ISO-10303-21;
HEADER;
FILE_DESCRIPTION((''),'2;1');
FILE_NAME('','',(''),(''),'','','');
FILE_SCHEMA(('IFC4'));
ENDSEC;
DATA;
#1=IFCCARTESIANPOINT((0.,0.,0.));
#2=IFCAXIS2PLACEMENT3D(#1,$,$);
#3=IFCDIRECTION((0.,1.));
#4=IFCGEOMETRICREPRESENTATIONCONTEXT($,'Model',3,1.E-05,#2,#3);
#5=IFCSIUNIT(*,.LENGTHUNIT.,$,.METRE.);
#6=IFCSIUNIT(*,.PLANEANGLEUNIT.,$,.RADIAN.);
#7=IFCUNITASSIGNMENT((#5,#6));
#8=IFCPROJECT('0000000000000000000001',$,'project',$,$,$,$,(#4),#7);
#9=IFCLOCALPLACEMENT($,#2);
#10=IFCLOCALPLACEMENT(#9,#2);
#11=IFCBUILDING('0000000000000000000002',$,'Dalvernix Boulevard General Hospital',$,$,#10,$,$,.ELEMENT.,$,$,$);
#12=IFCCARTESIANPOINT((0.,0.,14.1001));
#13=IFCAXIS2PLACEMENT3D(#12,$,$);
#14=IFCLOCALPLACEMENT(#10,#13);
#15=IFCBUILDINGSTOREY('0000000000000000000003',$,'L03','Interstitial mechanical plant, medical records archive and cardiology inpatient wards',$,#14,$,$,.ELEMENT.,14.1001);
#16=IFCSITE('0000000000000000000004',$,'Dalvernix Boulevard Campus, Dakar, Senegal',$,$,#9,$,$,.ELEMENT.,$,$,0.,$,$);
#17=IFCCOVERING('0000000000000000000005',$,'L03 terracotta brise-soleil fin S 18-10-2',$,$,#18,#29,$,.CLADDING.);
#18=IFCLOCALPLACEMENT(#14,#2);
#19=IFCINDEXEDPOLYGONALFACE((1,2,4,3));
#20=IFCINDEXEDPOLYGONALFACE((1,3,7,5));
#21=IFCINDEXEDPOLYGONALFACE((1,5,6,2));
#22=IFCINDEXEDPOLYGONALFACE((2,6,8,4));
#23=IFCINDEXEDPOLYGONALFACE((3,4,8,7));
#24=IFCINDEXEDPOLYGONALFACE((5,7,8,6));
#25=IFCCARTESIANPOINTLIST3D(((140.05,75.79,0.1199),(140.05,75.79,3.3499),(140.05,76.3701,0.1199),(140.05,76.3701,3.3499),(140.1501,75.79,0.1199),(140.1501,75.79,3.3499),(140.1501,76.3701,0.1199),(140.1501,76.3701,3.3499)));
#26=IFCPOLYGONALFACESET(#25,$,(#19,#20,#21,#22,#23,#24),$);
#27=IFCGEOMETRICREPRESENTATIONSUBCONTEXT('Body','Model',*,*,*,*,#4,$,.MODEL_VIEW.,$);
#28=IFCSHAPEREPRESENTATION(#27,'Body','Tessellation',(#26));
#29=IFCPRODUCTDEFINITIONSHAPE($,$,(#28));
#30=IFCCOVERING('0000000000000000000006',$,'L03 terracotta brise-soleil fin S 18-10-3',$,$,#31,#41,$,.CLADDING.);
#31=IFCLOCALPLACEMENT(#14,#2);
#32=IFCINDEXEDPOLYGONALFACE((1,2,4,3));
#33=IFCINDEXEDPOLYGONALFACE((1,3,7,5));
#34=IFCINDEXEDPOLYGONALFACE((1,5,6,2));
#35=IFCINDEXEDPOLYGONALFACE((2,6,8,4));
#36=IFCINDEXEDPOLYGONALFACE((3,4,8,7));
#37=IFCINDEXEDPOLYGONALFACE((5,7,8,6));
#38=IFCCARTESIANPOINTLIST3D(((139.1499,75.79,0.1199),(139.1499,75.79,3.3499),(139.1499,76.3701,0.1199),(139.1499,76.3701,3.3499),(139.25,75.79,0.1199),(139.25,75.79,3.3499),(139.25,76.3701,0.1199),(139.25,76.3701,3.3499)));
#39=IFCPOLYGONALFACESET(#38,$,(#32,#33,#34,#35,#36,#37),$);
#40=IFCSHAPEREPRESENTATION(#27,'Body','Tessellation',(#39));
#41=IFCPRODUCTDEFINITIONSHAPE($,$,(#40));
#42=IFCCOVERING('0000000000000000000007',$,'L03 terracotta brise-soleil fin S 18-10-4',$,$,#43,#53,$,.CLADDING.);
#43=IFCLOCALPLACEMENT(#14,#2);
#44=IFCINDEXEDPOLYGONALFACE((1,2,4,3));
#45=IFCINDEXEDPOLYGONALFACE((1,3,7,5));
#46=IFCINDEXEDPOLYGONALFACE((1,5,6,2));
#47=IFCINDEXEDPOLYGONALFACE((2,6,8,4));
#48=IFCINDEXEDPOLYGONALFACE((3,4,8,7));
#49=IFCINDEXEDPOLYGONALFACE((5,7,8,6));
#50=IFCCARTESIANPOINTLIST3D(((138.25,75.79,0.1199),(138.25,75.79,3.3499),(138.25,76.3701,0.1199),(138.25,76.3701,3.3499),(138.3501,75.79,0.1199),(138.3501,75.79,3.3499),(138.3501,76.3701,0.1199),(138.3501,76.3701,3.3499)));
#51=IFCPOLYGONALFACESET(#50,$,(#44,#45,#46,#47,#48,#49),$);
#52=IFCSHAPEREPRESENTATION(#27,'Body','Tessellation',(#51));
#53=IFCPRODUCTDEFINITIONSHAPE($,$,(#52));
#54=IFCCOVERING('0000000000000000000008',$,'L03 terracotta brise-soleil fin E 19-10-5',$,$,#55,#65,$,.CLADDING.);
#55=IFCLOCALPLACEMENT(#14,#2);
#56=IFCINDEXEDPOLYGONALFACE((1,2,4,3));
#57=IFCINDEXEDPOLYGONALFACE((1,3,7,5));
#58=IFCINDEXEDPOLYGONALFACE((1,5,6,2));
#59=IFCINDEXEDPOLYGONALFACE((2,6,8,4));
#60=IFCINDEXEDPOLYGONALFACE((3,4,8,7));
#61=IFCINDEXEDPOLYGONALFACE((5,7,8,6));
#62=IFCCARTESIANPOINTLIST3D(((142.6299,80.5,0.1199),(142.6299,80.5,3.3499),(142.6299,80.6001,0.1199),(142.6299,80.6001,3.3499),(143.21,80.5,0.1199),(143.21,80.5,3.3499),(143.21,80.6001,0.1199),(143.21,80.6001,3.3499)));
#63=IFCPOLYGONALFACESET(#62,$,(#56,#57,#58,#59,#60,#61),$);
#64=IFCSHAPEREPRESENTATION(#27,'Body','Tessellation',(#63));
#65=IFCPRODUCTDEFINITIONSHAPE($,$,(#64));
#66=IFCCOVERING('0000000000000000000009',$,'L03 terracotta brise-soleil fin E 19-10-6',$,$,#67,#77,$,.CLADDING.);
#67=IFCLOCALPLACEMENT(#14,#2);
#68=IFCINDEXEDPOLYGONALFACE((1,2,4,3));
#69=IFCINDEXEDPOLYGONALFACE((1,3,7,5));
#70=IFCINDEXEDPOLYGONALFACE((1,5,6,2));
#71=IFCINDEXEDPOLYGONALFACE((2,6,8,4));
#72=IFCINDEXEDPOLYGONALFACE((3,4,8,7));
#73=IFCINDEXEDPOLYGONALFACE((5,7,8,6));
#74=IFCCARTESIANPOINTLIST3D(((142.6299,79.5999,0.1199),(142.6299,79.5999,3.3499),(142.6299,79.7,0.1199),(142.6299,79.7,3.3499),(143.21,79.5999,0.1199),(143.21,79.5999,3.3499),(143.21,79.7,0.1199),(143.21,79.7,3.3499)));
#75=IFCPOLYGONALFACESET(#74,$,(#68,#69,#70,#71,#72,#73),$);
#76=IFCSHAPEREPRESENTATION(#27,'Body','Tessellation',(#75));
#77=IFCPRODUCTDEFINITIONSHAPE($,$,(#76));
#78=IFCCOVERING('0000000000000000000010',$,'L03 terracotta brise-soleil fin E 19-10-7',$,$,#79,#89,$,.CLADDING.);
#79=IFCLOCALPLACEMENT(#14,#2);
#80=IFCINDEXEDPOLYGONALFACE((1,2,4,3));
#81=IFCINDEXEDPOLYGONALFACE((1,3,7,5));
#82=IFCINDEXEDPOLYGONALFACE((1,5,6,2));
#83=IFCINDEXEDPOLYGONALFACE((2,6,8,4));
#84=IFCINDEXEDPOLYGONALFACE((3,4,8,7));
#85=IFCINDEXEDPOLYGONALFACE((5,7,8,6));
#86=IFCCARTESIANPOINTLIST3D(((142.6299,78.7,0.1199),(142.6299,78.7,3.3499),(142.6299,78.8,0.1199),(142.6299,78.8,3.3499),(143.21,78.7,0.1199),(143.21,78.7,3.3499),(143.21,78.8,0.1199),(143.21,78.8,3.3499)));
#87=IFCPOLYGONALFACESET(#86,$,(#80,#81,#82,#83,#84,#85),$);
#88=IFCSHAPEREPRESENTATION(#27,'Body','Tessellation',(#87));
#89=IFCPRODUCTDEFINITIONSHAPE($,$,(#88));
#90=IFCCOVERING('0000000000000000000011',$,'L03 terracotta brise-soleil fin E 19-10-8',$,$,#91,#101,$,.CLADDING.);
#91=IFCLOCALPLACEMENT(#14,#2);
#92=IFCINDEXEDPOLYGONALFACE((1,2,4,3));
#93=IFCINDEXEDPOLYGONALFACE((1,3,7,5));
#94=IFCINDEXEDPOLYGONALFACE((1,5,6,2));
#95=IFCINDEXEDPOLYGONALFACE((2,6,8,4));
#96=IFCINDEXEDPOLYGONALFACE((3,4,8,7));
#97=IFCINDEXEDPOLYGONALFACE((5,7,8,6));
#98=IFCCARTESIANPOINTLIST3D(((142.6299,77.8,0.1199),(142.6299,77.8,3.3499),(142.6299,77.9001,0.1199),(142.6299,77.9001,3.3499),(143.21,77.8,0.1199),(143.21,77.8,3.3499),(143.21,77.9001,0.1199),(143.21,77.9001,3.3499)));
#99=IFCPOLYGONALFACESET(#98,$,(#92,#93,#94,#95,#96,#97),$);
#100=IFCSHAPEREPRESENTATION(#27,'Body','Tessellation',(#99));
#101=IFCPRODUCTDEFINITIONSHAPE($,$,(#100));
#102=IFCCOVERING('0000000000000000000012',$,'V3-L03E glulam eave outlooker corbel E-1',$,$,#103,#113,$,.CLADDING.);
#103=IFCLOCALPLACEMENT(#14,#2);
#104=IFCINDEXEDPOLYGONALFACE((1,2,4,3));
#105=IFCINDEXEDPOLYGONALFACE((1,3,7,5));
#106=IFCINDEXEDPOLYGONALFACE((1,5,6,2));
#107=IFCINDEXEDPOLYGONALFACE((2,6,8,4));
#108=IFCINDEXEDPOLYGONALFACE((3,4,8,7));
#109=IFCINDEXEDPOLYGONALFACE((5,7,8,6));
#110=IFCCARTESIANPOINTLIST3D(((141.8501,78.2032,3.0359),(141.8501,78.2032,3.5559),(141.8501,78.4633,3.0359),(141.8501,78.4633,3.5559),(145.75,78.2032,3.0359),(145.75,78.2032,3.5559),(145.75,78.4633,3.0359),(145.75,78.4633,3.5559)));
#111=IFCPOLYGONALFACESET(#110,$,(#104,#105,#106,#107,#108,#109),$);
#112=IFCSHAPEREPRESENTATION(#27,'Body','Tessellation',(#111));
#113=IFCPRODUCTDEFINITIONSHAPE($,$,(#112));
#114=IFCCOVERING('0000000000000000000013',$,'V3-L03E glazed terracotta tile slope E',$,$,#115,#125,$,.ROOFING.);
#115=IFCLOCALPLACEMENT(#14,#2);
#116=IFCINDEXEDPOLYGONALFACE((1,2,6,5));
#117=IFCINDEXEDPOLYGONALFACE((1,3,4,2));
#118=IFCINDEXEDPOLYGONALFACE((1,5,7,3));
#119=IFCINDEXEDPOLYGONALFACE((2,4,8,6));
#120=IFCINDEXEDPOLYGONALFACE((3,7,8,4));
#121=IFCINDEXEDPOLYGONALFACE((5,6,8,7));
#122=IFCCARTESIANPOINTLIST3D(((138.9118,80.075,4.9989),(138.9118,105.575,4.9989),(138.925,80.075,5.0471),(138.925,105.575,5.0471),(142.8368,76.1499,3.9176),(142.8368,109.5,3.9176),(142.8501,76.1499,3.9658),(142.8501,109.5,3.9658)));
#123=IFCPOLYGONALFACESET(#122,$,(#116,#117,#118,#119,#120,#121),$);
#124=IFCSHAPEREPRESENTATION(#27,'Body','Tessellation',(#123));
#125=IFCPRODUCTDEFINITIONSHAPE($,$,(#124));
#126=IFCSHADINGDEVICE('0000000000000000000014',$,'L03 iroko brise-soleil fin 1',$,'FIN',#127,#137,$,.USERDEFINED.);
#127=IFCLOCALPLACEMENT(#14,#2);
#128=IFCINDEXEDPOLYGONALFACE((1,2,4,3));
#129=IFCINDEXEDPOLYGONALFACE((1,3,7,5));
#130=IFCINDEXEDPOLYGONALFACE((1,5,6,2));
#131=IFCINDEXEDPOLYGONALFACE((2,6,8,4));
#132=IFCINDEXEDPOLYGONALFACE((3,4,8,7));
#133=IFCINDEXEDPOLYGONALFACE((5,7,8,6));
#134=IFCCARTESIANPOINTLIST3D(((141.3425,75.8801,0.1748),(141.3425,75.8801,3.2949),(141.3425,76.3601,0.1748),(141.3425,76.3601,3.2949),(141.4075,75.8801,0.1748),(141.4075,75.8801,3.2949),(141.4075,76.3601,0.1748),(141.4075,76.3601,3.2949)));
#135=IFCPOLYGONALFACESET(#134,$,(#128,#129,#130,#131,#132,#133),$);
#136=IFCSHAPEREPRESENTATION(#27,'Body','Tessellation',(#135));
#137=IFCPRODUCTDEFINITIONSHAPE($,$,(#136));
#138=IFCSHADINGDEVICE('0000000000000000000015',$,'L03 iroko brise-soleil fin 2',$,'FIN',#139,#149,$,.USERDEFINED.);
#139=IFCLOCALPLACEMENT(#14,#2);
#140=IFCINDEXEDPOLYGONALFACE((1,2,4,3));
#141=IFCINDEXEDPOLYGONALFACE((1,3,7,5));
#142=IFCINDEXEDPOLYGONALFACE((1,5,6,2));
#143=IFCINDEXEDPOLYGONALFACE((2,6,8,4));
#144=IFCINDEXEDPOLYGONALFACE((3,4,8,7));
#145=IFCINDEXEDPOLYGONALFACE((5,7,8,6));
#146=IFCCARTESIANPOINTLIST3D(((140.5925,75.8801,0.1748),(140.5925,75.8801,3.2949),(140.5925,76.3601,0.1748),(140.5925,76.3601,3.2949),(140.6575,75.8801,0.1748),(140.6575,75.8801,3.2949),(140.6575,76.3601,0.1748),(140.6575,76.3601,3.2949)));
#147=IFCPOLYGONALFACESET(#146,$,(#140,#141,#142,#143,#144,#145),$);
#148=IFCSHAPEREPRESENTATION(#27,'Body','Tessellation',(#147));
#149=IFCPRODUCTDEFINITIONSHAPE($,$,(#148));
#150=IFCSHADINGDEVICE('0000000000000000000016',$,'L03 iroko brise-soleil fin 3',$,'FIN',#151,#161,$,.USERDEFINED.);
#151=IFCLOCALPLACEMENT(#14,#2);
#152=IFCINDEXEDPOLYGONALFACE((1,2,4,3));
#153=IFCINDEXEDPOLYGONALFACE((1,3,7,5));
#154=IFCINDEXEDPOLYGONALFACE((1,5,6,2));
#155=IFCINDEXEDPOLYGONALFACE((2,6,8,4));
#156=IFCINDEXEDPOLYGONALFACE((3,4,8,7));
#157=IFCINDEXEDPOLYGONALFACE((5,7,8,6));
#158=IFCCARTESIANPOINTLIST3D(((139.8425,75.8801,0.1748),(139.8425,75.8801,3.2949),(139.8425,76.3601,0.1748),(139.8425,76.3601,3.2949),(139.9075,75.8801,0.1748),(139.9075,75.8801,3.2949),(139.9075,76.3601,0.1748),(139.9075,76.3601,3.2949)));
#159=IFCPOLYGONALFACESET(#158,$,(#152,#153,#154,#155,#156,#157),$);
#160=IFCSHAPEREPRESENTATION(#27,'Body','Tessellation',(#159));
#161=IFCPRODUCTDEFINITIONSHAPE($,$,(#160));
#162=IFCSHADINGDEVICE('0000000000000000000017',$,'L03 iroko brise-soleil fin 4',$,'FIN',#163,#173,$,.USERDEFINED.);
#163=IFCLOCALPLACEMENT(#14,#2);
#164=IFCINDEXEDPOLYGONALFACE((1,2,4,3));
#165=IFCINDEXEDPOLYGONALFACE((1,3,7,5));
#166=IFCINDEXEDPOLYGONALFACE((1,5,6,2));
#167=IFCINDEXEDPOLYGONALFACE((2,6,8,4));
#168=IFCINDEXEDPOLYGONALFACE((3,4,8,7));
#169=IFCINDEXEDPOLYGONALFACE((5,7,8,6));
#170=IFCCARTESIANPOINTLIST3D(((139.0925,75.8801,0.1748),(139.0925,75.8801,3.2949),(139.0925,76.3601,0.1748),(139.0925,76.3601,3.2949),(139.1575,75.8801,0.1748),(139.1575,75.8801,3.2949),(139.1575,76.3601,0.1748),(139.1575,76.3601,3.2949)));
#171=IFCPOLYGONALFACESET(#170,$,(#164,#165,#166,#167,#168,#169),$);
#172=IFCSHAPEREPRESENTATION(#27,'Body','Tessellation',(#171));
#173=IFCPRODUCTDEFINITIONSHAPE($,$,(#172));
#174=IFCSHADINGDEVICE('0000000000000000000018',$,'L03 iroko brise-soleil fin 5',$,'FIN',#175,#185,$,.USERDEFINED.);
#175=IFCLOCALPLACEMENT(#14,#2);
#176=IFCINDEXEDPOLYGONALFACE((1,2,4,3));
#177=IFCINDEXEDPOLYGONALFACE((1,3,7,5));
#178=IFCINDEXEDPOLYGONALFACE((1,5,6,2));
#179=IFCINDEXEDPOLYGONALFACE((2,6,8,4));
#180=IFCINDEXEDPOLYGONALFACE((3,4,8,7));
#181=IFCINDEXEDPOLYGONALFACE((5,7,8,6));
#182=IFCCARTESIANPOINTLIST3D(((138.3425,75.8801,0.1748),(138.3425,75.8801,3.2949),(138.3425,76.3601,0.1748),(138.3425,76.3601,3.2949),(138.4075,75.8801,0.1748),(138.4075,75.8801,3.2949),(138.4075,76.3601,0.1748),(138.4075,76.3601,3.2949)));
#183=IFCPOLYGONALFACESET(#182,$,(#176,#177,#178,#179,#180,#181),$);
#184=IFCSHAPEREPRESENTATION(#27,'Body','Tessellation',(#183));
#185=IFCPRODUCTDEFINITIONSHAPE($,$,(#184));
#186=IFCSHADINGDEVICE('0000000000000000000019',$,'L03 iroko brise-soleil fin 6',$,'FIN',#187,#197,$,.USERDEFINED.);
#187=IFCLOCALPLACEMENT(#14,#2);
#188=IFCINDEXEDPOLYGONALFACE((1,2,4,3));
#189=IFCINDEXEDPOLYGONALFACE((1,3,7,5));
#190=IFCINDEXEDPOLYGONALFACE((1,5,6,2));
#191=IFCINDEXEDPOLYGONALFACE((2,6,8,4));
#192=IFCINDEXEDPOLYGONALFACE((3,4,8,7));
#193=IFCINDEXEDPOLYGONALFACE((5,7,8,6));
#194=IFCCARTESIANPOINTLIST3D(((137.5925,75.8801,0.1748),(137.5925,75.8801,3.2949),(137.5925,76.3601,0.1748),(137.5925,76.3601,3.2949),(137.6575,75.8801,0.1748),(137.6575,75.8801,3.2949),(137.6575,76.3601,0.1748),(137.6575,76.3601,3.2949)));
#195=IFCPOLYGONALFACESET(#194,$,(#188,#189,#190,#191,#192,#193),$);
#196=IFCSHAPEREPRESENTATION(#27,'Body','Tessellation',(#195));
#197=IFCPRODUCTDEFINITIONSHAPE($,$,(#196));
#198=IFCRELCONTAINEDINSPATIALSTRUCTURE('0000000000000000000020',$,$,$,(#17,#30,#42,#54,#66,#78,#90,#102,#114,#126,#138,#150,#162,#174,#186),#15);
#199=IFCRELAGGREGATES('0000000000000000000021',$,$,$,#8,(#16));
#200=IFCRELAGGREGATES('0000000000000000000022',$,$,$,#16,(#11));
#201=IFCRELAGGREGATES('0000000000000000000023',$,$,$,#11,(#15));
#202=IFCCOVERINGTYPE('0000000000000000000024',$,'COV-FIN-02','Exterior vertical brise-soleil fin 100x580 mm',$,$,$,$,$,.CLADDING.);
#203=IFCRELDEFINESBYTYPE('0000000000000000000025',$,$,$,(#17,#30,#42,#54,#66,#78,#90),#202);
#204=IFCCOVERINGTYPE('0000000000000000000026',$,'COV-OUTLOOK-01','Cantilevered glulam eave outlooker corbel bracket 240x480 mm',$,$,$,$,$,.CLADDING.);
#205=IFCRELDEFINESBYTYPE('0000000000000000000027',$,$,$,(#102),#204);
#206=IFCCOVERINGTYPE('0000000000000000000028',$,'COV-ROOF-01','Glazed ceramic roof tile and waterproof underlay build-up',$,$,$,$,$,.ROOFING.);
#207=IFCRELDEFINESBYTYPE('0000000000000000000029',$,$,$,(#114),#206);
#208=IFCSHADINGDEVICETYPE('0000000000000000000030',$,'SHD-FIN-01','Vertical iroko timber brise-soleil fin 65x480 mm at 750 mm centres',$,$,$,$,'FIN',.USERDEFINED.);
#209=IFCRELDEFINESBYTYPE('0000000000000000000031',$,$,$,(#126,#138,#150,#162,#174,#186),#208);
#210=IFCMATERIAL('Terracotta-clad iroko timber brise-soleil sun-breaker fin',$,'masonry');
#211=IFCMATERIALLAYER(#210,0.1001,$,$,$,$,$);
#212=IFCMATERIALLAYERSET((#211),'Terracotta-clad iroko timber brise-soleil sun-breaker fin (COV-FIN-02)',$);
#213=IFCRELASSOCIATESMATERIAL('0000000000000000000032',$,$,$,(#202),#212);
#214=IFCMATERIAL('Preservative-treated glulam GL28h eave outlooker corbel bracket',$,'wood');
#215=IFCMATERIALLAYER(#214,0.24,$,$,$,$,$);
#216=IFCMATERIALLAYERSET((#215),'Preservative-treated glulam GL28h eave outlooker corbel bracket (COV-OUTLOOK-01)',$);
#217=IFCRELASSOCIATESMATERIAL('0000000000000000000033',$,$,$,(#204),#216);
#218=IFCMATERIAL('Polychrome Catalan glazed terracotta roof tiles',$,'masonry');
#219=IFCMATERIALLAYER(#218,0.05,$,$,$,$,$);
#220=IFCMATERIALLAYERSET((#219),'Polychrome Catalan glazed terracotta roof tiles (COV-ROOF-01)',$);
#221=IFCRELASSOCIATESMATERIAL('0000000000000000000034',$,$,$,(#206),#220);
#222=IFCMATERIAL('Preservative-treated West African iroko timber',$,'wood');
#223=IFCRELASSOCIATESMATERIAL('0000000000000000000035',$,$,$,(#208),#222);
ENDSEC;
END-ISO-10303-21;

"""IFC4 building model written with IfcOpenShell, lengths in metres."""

from ifc_helpers import new_model, si_unit, direction, frame, origin, origin_2d, place, context, subcontext, project, spatial, polyline, rectangle, outline, extrude, material, layer, layer_set, type_object, element, save


model = new_model("IFC4")

# Units and contexts
model_context = context("Model", 3, precision=1e-05, world=origin(), true_north=direction((0.0, 1.0)))
body_context = subcontext(model_context, "Body", "Model", "MODEL_VIEW")
ifc_project = project(units=[si_unit("LENGTHUNIT", "METRE"), si_unit("PLANEANGLEUNIT", "RADIAN")], contexts=[model_context])

# Site, building, storey
site_placement = place(None, origin())
site = spatial("IfcSite", under=ifc_project, at=site_placement, Name="Dalvernix Boulevard Campus, Dakar, Senegal", CompositionType="ELEMENT", RefElevation=0.0)
building_placement = place(site_placement, origin())
building = spatial("IfcBuilding", under=site, at=building_placement, Name="Dalvernix Boulevard General Hospital", CompositionType="ELEMENT")
storey_placement = place(building_placement, frame((0.0, 0.0, 14.1001)))
storey = spatial("IfcBuildingStorey", under=building, at=storey_placement, Name="L03", Description="Interstitial mechanical plant, medical records archive and cardiology inpatient wards", CompositionType="ELEMENT", Elevation=14.1001)

# Coverings
ifc_material_1 = material(Name="Terracotta-clad iroko timber brise-soleil sun-breaker fin", Category="masonry")
ifc_layer_1 = layer(ifc_material_1, 0.1001)
ifc_layer_set_1 = layer_set([ifc_layer_1], Name="Terracotta-clad iroko timber brise-soleil sun-breaker fin (COV-FIN-02)")
covering_type_1 = type_object("IfcCoveringType", Name="COV-FIN-02", Description="Exterior vertical brise-soleil fin 100x580 mm", PredefinedType="CLADDING", material=ifc_layer_set_1)
for number, where, z_axis, x_axis, name in (
    (1, (140.1001, 76.0801, 0.1199), (0.0, 0.0, 1.0), (-1.0, 0.0, 0.0), "L03 terracotta brise-soleil fin S 18-10-2"),
    (2, (139.2, 76.0801, 0.1199), (0.0, 0.0, 1.0), (-1.0, 0.0, 0.0), "L03 terracotta brise-soleil fin S 18-10-3"),
    (3, (138.3, 76.0801, 0.1199), (0.0, 0.0, 1.0), (-1.0, 0.0, 0.0), "L03 terracotta brise-soleil fin S 18-10-4"),
    (4, (142.9199, 80.55, 0.1199), (0.0, 0.0, 1.0), (0.0, -1.0, 0.0), "L03 terracotta brise-soleil fin E 19-10-5"),
    (5, (142.9199, 79.6499, 0.1199), (0.0, 0.0, 1.0), (0.0, -1.0, 0.0), "L03 terracotta brise-soleil fin E 19-10-6"),
    (6, (142.9199, 78.75, 0.1199), (0.0, 0.0, 1.0), (0.0, -1.0, 0.0), "L03 terracotta brise-soleil fin E 19-10-7"),
    (7, (142.9199, 77.8501, 0.1199), (0.0, 0.0, 1.0), (0.0, -1.0, 0.0), "L03 terracotta brise-soleil fin E 19-10-8"),
):
    element("IfcCovering", number, at=place(storey_placement, frame(where, z_axis=z_axis, x_axis=x_axis)), inside=storey, type_object=covering_type_1, Name=name, PredefinedType="CLADDING", context=body_context, shape_type="SweptSolid", body=[
        extrude(rectangle(XDim=0.1001, YDim=0.5801, at=origin_2d()), origin(), (0.0, 0.0, 1.0), 3.23),
    ])
ifc_material_2 = material(Name="Preservative-treated glulam GL28h eave outlooker corbel bracket", Category="wood")
ifc_layer_2 = layer(ifc_material_2, 0.24)
ifc_layer_set_2 = layer_set([ifc_layer_2], Name="Preservative-treated glulam GL28h eave outlooker corbel bracket (COV-OUTLOOK-01)")
covering_type_2 = type_object("IfcCoveringType", Name="COV-OUTLOOK-01", Description="Cantilevered glulam eave outlooker corbel bracket 240x480 mm", PredefinedType="CLADDING", material=ifc_layer_set_2)
covering_1_placement = place(storey_placement, frame((143.8, 78.3333, 3.0359), z_axis=(0.0, 0.0, 1.0), x_axis=(1.0, 0.0, 0.0)))
element("IfcCovering", 8, at=covering_1_placement, inside=storey, type_object=covering_type_2, Name="V3-L03E glulam eave outlooker corbel E-1", PredefinedType="CLADDING", context=body_context, shape_type="SweptSolid", body=[
    extrude(rectangle(XDim=3.8999, YDim=0.26, at=origin_2d()), origin(), (0.0, 0.0, 1.0), 0.52),
])
ifc_material_3 = material(Name="Polychrome Catalan glazed terracotta roof tiles", Category="masonry")
ifc_layer_3 = layer(ifc_material_3, 0.05)
ifc_layer_set_3 = layer_set([ifc_layer_3], Name="Polychrome Catalan glazed terracotta roof tiles (COV-ROOF-01)")
covering_type_3 = type_object("IfcCoveringType", Name="COV-ROOF-01", Description="Glazed ceramic roof tile and waterproof underlay build-up", PredefinedType="ROOFING", material=ifc_layer_set_3)
covering_2_placement = place(storey_placement, frame((142.8501, 76.1499, 3.9658), z_axis=(0.265593, 0.0, 0.964085), x_axis=(0.0, 1.0, 0.0)))
element("IfcCovering", 9, at=covering_2_placement, inside=storey, type_object=covering_type_3, Name="V3-L03E glazed terracotta tile slope E", PredefinedType="ROOFING", context=body_context, shape_type="SweptSolid", body=[
    extrude(outline(polyline([(0.0, 0.0), (33.3501, 0.0), (29.425, 4.0713), (3.925, 4.0713), (0.0, 0.0)])), origin(), (0.0, 0.0, -1.0), 0.05),
])

# Shading devices
ifc_material_4 = material(Name="Preservative-treated West African iroko timber", Category="wood")
shading_device_type = type_object("IfcShadingDeviceType", Name="SHD-FIN-01", Description="Vertical iroko timber brise-soleil fin 65x480 mm at 750 mm centres", ElementType="FIN", PredefinedType="USERDEFINED", material=ifc_material_4)
for number, where, z_axis, x_axis, name in (
    (10, (141.375, 76.1201, 0.1748), (0.0, 0.0, 1.0), (-1.0, 0.0, 0.0), "L03 iroko brise-soleil fin 1"),
    (11, (140.625, 76.1201, 0.1748), (0.0, 0.0, 1.0), (-1.0, 0.0, 0.0), "L03 iroko brise-soleil fin 2"),
    (12, (139.875, 76.1201, 0.1748), (0.0, 0.0, 1.0), (-1.0, 0.0, 0.0), "L03 iroko brise-soleil fin 3"),
    (13, (139.125, 76.1201, 0.1748), (0.0, 0.0, 1.0), (-1.0, 0.0, 0.0), "L03 iroko brise-soleil fin 4"),
    (14, (138.375, 76.1201, 0.1748), (0.0, 0.0, 1.0), (-1.0, 0.0, 0.0), "L03 iroko brise-soleil fin 5"),
    (15, (137.625, 76.1201, 0.1748), (0.0, 0.0, 1.0), (-1.0, 0.0, 0.0), "L03 iroko brise-soleil fin 6"),
):
    element("IfcShadingDevice", number, at=place(storey_placement, frame(where, z_axis=z_axis, x_axis=x_axis)), inside=storey, type_object=shading_device_type, Name=name, ObjectType="FIN", PredefinedType="USERDEFINED", context=body_context, shape_type="SweptSolid", body=[
        extrude(rectangle(XDim=0.0649, YDim=0.48, at=origin_2d()), origin(), (0.0, 0.0, 1.0), 3.1201),
    ])

save(model, "model.ifc")
